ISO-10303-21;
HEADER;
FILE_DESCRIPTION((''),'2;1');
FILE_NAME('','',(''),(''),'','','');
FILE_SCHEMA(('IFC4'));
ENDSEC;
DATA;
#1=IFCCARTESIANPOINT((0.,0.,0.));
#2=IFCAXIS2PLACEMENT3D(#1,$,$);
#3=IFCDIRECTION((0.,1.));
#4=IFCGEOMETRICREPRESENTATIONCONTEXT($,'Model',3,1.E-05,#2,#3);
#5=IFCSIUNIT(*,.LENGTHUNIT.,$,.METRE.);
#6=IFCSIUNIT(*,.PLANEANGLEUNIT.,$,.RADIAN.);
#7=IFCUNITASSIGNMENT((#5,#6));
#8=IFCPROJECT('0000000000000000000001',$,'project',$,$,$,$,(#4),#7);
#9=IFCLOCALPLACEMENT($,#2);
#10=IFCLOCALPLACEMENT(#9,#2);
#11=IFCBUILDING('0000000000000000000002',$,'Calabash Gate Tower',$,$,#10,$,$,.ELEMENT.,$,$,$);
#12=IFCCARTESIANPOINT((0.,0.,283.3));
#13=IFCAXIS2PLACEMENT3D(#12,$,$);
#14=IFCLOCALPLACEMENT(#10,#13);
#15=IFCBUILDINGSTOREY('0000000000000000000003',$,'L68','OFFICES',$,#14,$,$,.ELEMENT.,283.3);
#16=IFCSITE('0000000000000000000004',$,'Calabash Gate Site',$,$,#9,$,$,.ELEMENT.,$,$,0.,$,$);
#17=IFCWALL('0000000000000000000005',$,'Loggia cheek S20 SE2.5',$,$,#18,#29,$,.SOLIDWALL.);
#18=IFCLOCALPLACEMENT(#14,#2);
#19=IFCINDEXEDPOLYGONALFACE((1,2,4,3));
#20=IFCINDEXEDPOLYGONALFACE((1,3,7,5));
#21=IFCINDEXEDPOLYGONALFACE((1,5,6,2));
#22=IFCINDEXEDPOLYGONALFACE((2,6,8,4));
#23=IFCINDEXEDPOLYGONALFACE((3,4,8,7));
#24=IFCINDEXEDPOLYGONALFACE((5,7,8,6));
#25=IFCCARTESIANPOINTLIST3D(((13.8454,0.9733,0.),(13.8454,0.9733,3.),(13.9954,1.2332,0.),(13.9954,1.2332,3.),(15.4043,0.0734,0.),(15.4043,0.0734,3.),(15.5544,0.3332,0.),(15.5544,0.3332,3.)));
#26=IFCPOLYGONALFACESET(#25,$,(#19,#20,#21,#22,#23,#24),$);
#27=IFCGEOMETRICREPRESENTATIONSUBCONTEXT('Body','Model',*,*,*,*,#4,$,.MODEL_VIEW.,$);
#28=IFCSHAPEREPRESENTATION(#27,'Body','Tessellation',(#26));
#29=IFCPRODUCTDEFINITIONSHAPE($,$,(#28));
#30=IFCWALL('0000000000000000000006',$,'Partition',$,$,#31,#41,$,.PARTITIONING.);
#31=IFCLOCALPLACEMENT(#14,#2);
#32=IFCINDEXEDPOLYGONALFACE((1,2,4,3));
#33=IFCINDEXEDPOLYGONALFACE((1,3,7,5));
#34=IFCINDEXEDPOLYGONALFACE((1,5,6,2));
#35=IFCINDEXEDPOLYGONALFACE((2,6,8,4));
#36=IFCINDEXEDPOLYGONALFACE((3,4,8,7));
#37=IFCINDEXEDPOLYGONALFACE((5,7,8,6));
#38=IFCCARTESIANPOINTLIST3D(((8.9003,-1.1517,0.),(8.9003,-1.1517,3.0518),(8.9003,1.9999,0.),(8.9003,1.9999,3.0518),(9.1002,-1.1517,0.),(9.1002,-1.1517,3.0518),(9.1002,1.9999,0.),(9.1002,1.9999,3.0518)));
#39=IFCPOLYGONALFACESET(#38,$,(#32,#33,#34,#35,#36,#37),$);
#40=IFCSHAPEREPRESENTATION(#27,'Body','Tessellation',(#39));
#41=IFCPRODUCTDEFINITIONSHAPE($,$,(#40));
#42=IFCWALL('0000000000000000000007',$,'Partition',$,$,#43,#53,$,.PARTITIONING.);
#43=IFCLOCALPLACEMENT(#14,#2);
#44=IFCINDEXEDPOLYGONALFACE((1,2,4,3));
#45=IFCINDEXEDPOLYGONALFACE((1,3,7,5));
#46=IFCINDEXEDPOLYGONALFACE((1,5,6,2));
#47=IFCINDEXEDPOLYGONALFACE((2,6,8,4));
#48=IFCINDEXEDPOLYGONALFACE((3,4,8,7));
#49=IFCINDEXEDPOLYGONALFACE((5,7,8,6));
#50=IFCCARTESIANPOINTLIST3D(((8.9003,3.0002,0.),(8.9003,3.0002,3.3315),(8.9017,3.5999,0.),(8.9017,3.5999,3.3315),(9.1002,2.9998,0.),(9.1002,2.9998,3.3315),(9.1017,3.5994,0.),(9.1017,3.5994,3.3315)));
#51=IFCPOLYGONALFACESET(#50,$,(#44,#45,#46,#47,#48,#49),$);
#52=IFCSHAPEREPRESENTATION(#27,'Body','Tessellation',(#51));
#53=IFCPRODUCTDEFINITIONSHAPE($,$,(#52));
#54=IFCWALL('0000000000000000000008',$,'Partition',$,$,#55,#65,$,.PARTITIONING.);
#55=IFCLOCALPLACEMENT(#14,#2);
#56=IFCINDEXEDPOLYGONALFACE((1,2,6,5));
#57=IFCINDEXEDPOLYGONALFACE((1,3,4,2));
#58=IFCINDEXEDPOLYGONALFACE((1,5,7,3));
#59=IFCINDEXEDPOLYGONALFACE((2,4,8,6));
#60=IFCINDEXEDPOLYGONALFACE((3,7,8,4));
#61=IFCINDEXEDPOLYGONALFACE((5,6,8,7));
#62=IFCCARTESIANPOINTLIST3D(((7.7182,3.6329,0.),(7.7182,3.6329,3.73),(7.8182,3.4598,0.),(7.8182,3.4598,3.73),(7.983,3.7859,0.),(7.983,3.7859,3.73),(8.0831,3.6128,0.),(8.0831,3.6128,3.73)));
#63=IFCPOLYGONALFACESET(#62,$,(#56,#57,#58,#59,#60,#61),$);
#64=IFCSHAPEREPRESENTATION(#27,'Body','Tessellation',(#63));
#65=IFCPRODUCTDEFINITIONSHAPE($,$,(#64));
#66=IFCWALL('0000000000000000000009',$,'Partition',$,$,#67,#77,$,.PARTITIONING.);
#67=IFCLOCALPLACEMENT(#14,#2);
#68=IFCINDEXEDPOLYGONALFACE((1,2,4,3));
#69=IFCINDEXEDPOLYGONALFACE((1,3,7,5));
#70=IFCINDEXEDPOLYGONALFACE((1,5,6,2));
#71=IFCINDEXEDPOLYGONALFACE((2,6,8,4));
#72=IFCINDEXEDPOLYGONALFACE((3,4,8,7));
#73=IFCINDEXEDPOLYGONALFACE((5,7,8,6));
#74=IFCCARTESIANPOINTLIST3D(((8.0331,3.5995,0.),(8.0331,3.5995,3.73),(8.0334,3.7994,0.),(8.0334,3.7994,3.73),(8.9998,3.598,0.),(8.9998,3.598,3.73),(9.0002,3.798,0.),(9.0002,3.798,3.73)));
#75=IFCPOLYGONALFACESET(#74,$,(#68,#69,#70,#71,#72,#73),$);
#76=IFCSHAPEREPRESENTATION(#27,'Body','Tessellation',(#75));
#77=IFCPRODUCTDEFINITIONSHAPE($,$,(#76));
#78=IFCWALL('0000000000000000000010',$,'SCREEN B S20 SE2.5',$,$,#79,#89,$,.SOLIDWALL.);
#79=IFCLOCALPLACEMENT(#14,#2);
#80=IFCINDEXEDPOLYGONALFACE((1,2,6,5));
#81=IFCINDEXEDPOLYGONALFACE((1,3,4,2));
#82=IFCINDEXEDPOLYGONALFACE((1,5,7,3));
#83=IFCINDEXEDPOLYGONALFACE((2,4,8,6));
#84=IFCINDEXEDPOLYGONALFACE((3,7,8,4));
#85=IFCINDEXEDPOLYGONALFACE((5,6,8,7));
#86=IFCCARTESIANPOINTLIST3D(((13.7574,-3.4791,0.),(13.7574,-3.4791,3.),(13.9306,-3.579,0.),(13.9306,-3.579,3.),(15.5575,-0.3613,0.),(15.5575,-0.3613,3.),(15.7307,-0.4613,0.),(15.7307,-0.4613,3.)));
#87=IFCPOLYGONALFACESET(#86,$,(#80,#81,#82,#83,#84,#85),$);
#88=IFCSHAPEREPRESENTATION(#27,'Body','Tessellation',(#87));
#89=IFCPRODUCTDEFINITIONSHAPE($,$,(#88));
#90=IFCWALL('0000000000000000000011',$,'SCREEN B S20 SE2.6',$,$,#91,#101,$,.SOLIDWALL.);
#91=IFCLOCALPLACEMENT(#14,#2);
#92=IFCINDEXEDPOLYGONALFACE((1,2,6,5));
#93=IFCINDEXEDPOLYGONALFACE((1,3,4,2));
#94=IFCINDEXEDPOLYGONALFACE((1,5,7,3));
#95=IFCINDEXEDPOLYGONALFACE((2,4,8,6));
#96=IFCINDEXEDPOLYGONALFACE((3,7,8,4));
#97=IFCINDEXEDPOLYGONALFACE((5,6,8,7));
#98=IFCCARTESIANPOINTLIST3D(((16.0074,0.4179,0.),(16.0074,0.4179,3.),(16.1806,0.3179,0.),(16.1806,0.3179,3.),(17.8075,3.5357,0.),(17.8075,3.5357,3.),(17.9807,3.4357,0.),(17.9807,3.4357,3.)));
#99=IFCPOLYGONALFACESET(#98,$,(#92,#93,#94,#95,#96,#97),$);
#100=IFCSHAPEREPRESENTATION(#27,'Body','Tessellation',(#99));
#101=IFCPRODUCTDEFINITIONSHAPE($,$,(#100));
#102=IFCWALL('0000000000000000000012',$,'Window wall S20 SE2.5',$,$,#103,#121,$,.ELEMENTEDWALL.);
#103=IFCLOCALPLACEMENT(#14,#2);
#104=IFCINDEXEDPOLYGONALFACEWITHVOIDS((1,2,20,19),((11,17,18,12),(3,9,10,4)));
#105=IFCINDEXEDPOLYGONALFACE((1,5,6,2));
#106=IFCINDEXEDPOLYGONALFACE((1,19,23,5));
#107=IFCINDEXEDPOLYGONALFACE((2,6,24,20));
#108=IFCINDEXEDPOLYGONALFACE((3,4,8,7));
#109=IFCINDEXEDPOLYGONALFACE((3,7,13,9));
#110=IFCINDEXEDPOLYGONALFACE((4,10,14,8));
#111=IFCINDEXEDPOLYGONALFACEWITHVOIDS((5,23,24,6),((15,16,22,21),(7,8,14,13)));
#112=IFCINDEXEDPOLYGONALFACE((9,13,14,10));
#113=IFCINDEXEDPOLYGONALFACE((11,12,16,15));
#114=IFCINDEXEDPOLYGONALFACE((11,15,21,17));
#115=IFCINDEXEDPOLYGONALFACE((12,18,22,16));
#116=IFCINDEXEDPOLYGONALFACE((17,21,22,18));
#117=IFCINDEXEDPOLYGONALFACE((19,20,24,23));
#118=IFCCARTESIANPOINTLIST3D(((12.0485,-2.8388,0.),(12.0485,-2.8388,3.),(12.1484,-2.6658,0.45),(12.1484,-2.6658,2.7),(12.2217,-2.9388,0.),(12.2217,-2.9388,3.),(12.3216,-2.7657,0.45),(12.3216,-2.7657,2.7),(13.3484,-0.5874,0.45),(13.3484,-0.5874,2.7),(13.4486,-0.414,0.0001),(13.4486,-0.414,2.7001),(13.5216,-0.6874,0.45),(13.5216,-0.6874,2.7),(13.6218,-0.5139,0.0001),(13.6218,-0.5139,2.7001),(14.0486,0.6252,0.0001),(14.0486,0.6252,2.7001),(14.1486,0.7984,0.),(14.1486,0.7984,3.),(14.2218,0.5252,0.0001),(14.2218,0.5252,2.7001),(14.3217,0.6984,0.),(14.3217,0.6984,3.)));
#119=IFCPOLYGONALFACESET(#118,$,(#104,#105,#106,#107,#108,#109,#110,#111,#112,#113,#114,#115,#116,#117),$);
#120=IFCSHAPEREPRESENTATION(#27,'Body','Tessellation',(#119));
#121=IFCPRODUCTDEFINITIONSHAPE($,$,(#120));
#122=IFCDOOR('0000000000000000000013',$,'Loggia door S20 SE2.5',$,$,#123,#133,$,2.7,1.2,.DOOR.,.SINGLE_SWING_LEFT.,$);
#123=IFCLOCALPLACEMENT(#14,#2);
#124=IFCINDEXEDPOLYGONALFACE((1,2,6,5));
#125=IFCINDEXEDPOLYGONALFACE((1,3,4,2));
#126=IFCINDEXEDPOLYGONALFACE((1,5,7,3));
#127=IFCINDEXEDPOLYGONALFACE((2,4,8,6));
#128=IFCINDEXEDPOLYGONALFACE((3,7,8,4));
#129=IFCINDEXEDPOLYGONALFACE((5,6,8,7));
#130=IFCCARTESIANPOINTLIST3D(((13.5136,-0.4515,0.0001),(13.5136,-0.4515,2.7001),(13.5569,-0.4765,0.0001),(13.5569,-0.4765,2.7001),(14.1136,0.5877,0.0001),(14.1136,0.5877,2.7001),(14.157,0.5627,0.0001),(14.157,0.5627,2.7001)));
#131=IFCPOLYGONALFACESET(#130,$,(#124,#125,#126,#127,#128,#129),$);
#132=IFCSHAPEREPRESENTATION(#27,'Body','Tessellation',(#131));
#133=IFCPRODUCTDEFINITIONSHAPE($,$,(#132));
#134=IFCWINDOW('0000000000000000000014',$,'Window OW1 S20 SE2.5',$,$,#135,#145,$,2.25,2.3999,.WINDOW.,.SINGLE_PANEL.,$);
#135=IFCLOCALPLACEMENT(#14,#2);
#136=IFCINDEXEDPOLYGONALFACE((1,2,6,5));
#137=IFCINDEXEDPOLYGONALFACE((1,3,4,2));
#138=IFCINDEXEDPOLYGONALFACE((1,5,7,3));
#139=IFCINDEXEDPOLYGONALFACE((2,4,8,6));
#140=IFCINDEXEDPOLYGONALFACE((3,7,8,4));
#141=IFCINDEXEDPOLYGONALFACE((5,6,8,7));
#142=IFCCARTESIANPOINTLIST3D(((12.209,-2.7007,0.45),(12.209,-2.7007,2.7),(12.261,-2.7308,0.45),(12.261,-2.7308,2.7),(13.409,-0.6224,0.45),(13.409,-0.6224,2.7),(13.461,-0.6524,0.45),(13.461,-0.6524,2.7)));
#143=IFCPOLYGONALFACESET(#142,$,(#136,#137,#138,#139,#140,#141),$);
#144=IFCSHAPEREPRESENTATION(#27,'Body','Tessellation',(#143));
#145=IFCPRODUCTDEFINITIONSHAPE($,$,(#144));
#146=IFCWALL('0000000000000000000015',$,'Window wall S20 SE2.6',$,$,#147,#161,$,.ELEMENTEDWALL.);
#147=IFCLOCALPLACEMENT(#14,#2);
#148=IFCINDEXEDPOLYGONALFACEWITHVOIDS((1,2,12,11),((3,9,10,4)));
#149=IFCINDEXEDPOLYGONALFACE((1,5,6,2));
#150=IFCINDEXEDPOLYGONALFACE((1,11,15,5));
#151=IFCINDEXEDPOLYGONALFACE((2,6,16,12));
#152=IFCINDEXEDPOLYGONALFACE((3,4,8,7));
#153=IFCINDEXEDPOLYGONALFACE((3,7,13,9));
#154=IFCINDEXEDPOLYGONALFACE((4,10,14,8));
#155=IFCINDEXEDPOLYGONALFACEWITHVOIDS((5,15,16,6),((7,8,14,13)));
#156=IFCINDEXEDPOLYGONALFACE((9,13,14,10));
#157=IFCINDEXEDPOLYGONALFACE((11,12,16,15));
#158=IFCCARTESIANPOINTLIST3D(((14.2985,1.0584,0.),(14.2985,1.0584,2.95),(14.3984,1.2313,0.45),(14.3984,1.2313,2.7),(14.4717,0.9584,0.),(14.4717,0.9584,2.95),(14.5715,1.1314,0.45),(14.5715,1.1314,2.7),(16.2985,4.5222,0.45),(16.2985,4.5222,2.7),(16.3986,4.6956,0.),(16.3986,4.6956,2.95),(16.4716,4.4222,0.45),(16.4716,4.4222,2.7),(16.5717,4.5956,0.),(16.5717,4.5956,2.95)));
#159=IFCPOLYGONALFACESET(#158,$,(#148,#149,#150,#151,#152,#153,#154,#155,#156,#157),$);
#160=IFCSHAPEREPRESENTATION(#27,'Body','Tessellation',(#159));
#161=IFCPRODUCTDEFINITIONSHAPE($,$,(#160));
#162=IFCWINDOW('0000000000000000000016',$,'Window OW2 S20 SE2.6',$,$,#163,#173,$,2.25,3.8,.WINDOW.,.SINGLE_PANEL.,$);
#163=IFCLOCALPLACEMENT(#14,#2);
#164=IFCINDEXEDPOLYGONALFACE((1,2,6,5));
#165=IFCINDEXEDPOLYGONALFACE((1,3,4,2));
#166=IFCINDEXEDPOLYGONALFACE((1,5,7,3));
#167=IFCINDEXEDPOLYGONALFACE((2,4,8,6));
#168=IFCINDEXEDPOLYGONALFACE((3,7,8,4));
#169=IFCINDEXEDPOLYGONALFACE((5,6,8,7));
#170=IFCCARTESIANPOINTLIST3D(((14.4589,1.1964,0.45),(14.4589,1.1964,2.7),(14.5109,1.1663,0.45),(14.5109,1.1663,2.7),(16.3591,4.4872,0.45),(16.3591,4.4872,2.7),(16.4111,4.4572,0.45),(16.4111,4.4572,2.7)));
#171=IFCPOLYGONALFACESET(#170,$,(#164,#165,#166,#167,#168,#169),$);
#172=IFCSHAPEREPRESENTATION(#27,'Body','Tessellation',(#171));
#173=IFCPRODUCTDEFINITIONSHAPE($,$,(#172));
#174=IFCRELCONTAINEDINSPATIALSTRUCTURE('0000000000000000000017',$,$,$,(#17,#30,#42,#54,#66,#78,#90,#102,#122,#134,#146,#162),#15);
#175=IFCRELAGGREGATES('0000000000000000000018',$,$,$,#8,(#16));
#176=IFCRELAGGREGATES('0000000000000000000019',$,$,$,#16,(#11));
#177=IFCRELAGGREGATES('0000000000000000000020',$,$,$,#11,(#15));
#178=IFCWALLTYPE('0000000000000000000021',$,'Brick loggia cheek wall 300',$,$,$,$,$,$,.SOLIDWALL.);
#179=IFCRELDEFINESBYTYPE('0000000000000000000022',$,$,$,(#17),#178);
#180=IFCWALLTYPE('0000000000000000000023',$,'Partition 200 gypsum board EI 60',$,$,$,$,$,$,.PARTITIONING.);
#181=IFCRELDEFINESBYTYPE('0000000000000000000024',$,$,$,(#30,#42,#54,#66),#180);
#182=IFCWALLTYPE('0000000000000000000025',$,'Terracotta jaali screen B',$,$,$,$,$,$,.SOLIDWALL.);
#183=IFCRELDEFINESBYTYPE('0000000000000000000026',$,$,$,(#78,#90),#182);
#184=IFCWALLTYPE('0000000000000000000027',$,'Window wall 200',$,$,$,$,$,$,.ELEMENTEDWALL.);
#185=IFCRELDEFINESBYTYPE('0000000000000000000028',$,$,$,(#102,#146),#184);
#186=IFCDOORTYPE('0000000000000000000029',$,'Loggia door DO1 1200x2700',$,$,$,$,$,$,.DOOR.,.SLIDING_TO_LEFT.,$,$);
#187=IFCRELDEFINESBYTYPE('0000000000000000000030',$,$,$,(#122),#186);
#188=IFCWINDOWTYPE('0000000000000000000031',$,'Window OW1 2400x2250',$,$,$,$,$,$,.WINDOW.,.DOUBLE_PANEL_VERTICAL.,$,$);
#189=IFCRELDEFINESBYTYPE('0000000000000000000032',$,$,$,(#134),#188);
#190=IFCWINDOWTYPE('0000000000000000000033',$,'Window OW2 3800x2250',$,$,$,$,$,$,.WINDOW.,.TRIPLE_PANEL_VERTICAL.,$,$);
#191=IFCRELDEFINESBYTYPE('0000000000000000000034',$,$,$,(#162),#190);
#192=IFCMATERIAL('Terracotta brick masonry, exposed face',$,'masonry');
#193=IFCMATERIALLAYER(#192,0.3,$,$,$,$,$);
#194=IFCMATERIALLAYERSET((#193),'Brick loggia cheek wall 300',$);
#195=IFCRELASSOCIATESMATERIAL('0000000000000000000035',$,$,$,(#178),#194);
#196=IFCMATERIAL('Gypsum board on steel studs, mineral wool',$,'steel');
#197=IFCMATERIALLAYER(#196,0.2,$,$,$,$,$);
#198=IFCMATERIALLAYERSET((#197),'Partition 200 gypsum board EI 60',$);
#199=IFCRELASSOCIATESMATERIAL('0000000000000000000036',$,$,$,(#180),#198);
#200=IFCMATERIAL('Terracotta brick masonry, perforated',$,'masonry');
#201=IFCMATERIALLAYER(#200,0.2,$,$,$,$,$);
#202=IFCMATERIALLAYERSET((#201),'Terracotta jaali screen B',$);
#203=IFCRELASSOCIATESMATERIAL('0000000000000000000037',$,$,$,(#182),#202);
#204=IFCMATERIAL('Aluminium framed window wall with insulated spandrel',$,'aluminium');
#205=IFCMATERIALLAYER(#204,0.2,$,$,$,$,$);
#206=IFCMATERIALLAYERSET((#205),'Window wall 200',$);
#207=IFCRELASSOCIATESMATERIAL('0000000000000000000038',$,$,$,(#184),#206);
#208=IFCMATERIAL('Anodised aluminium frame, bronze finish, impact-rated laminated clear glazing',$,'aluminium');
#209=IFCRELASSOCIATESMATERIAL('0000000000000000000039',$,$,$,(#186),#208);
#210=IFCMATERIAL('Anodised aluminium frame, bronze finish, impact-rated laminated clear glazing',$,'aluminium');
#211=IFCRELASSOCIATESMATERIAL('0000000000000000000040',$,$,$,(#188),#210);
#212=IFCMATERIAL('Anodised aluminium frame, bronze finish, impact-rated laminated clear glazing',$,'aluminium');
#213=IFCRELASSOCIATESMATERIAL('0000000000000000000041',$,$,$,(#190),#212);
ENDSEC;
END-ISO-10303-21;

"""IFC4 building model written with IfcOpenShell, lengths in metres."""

from ifc_helpers import new_model, si_unit, direction, frame, frame_2d, origin, place, context, subcontext, project, spatial, rectangle, extrude, material, layer, layer_set, type_object, element, fill, save


model = new_model("IFC4")

# Units and contexts
model_context = context("Model", 3, precision=1e-05, world=origin(), true_north=direction((0.0, 1.0)))
body_context = subcontext(model_context, "Body", "Model", "MODEL_VIEW")
ifc_project = project(units=[si_unit("LENGTHUNIT", "METRE"), si_unit("PLANEANGLEUNIT", "RADIAN")], contexts=[model_context])

# Site, building, storey
site_placement = place(None, origin())
site = spatial("IfcSite", under=ifc_project, at=site_placement, Name="Calabash Gate Site", CompositionType="ELEMENT", RefElevation=0.0)
building_placement = place(site_placement, origin())
building = spatial("IfcBuilding", under=site, at=building_placement, Name="Calabash Gate Tower", CompositionType="ELEMENT")
storey_placement = place(building_placement, frame((0.0, 0.0, 283.3)))
storey = spatial("IfcBuildingStorey", under=building, at=storey_placement, Name="L68", Description="OFFICES", CompositionType="ELEMENT", Elevation=283.3)

# Walls
ifc_material_1 = material(Name="Terracotta brick masonry, exposed face", Category="masonry")
ifc_layer_1 = layer(ifc_material_1, 0.3)
ifc_layer_set_1 = layer_set([ifc_layer_1], Name="Brick loggia cheek wall 300")
wall_type_1 = type_object("IfcWallType", Name="Brick loggia cheek wall 300", PredefinedType="SOLIDWALL", material=ifc_layer_set_1)
for number, where, z_axis, x_axis, name in (
    (1, (15.4792, 0.2034, 0.0), (0.0, 0.0, 1.0), (-0.866048, 0.499961, 0.0), "Loggia cheek S20 SE2.5"),
):
    element("IfcWall", number, at=place(storey_placement, frame(where, z_axis=z_axis, x_axis=x_axis)), inside=storey, type_object=wall_type_1, Name=name, PredefinedType="SOLIDWALL", context=body_context, shape_type="SweptSolid", body=[
        extrude(rectangle(XDim=1.8, YDim=0.3, at=frame_2d((0.8999, 0.0))), origin(), (0.0, 0.0, 1.0), 3.0),
    ])
ifc_material_2 = material(Name="Gypsum board on steel studs, mineral wool", Category="steel")
ifc_layer_2 = layer(ifc_material_2, 0.2)
ifc_layer_set_2 = layer_set([ifc_layer_2], Name="Partition 200 gypsum board EI 60")
wall_type_2 = type_object("IfcWallType", Name="Partition 200 gypsum board EI 60", PredefinedType="PARTITIONING", material=ifc_layer_set_2)
wall_1_placement = place(storey_placement, frame((9.0002, -1.1516, 0.0), z_axis=(0.0, 0.0, 1.0), x_axis=(0.0, 1.0, 0.0)))
element("IfcWall", 2, at=wall_1_placement, inside=storey, type_object=wall_type_2, Name="Partition", PredefinedType="PARTITIONING", context=body_context, shape_type="SweptSolid", body=[
    extrude(rectangle(XDim=3.1516, YDim=0.2, at=frame_2d((1.5757, 0.0))), origin(), (0.0, 0.0, 1.0), 3.0518),
])
wall_2_placement = place(storey_placement, frame((9.0002, 3.0, 0.0), z_axis=(0.0, 0.0, 1.0), x_axis=(0.002443, 0.999997, 0.0)))
element("IfcWall", 3, at=wall_2_placement, inside=storey, type_object=wall_type_2, Name="Partition", PredefinedType="PARTITIONING", context=body_context, shape_type="SweptSolid", body=[
    extrude(rectangle(XDim=0.5996, YDim=0.2, at=frame_2d((0.2998, 0.0))), origin(), (0.0, 0.0, 1.0), 3.3315),
])
wall_3_placement = place(storey_placement, frame((7.7683, 3.5464, 0.0), z_axis=(0.0, 0.0, 1.0), x_axis=(0.865827, 0.500344, 0.0)))
element("IfcWall", 4, at=wall_3_placement, inside=storey, type_object=wall_type_2, Name="Partition", PredefinedType="PARTITIONING", context=body_context, shape_type="SweptSolid", body=[
    extrude(rectangle(XDim=0.3059, YDim=0.2, at=frame_2d((0.1528, 0.0))), origin(), (0.0, 0.0, 1.0), 3.73),
])
wall_4_placement = place(storey_placement, frame((8.0332, 3.6995, 0.0), z_axis=(0.0, 0.0, 1.0), x_axis=(0.999999, -0.001515, 0.0)))
element("IfcWall", 5, at=wall_4_placement, inside=storey, type_object=wall_type_2, Name="Partition", PredefinedType="PARTITIONING", context=body_context, shape_type="SweptSolid", body=[
    extrude(rectangle(XDim=0.9668, YDim=0.2, at=frame_2d((0.4834, 0.0))), origin(), (0.0, 0.0, 1.0), 3.73),
])

# Walls
ifc_material_3 = material(Name="Terracotta brick masonry, perforated", Category="masonry")
ifc_layer_3 = layer(ifc_material_3, 0.2)
ifc_layer_set_3 = layer_set([ifc_layer_3], Name="Terracotta jaali screen B")
wall_type_3 = type_object("IfcWallType", Name="Terracotta jaali screen B", PredefinedType="SOLIDWALL", material=ifc_layer_set_3)
for number, where, z_axis, x_axis, name in (
    (6, (13.844, -3.5291, 0.0), (0.0, 0.0, 1.0), (0.500012, 0.866018, 0.0), "SCREEN B S20 SE2.5"),
    (7, (16.094, 0.3679, 0.0), (0.0, 0.0, 1.0), (0.500012, 0.866018, 0.0), "SCREEN B S20 SE2.6"),
):
    element("IfcWall", number, at=place(storey_placement, frame(where, z_axis=z_axis, x_axis=x_axis)), inside=storey, type_object=wall_type_3, Name=name, PredefinedType="SOLIDWALL", context=body_context, shape_type="SweptSolid", body=[
        extrude(rectangle(XDim=3.6001, YDim=0.2, at=frame_2d((1.8, 0.0))), origin(), (0.0, 0.0, 1.0), 3.0),
    ])

# Wall, openings, door, window
ifc_material_4 = material(Name="Aluminium framed window wall with insulated spandrel", Category="aluminium")
ifc_layer_4 = layer(ifc_material_4, 0.2)
ifc_layer_set_4 = layer_set([ifc_layer_4], Name="Window wall 200")
wall_type_4 = type_object("IfcWallType", Name="Window wall 200", PredefinedType="ELEMENTEDWALL", material=ifc_layer_set_4)
wall_5_placement = place(storey_placement, frame((12.135, -2.8889, 0.0), z_axis=(0.0, 0.0, 1.0), x_axis=(0.500028, 0.866009, 0.0)))
wall_5 = element("IfcWall", 8, at=wall_5_placement, inside=storey, type_object=wall_type_4, Name="Window wall S20 SE2.5", PredefinedType="ELEMENTEDWALL", context=body_context, shape_type="SweptSolid", body=[
    extrude(rectangle(XDim=4.2, YDim=0.2, at=frame_2d((2.1001, 0.0))), origin(), (0.0, 0.0, 1.0), 3.0),
])
opening_1_placement = place(wall_5_placement, frame((0.2, 0.0, 0.45)))
opening_1 = element("IfcOpeningElement", 9, at=opening_1_placement, cuts=wall_5, PredefinedType="OPENING", context=body_context, shape_type="SweptSolid", body=[
    extrude(rectangle(XDim=2.3999, YDim=2.25, at=frame_2d((1.2, 1.125))), frame((0.0, 0.1099, 0.0), z_axis=(0.0, -1.0, 0.0), x_axis=(1.0, 0.0, 0.0)), (0.0, 0.0, 1.0), 0.22),
])
opening_2_placement = place(wall_5_placement, frame((2.8, 0.0, 0.0)))
opening_2 = element("IfcOpeningElement", 10, at=opening_2_placement, cuts=wall_5, PredefinedType="OPENING", context=body_context, shape_type="SweptSolid", body=[
    extrude(rectangle(XDim=1.2, YDim=2.7, at=frame_2d((0.6001, 1.3501))), frame((0.0, 0.1099, 0.0), z_axis=(0.0, -1.0, 0.0), x_axis=(1.0, 0.0, 0.0)), (0.0, 0.0, 1.0), 0.22),
])
ifc_material_5 = material(Name="Anodised aluminium frame, bronze finish, impact-rated laminated clear glazing", Category="aluminium")
door_type_1 = type_object("IfcDoorType", Name="Loggia door DO1 1200x2700", OperationType="SLIDING_TO_LEFT", PredefinedType="DOOR", material=ifc_material_5)
door_1_placement = place(opening_2_placement, origin())
door_1 = element("IfcDoor", 11, at=door_1_placement, inside=storey, type_object=door_type_1, Name="Loggia door S20 SE2.5", OperationType="SINGLE_SWING_LEFT", OverallHeight=2.7, OverallWidth=1.2, PredefinedType="DOOR", context=body_context, shape_type="SweptSolid", body=[
    extrude(rectangle(XDim=1.2, YDim=2.7, at=frame_2d((0.6001, 1.3501))), frame((0.0, 0.0249, 0.0), z_axis=(0.0, -1.0, 0.0), x_axis=(1.0, 0.0, 0.0)), (0.0, 0.0, 1.0), 0.05),
])
fill(opening_2, door_1)
ifc_material_6 = material(Name="Anodised aluminium frame, bronze finish, impact-rated laminated clear glazing", Category="aluminium")
window_type_1 = type_object("IfcWindowType", Name="Window OW1 2400x2250", PartitioningType="DOUBLE_PANEL_VERTICAL", PredefinedType="WINDOW", material=ifc_material_6)
window_1_placement = place(opening_1_placement, origin())
window_1 = element("IfcWindow", 12, at=window_1_placement, inside=storey, type_object=window_type_1, Name="Window OW1 S20 SE2.5", OverallHeight=2.25, OverallWidth=2.3999, PartitioningType="SINGLE_PANEL", PredefinedType="WINDOW", context=body_context, shape_type="SweptSolid", body=[
    extrude(rectangle(XDim=2.3999, YDim=2.25, at=frame_2d((1.2, 1.125))), frame((0.0, 0.03, 0.0), z_axis=(0.0, -1.0, 0.0), x_axis=(1.0, 0.0, 0.0)), (0.0, 0.0, 1.0), 0.0601),
])
fill(opening_1, window_1)

# Wall, opening, window
wall_6_placement = place(storey_placement, frame((14.385, 1.0083, 0.0), z_axis=(0.0, 0.0, 1.0), x_axis=(0.500028, 0.866009, 0.0)))
wall_6 = element("IfcWall", 13, at=wall_6_placement, inside=storey, type_object=wall_type_4, Name="Window wall S20 SE2.6", PredefinedType="ELEMENTEDWALL", context=body_context, shape_type="SweptSolid", body=[
    extrude(rectangle(XDim=4.2, YDim=0.2, at=frame_2d((2.1001, 0.0))), origin(), (0.0, 0.0, 1.0), 2.95),
])
opening_3_placement = place(wall_6_placement, frame((0.2, 0.0, 0.45)))
opening_3 = element("IfcOpeningElement", 14, at=opening_3_placement, cuts=wall_6, PredefinedType="OPENING", context=body_context, shape_type="SweptSolid", body=[
    extrude(rectangle(XDim=3.8, YDim=2.25, at=frame_2d((1.8999, 1.125))), frame((0.0, 0.1099, 0.0), z_axis=(0.0, -1.0, 0.0), x_axis=(1.0, 0.0, 0.0)), (0.0, 0.0, 1.0), 0.22),
])
ifc_material_7 = material(Name="Anodised aluminium frame, bronze finish, impact-rated laminated clear glazing", Category="aluminium")
window_type_2 = type_object("IfcWindowType", Name="Window OW2 3800x2250", PartitioningType="TRIPLE_PANEL_VERTICAL", PredefinedType="WINDOW", material=ifc_material_7)
window_2_placement = place(opening_3_placement, origin())
window_2 = element("IfcWindow", 15, at=window_2_placement, inside=storey, type_object=window_type_2, Name="Window OW2 S20 SE2.6", OverallHeight=2.25, OverallWidth=3.8, PartitioningType="SINGLE_PANEL", PredefinedType="WINDOW", context=body_context, shape_type="SweptSolid", body=[
    extrude(rectangle(XDim=3.8, YDim=2.25, at=frame_2d((1.8999, 1.125))), frame((0.0, 0.03, 0.0), z_axis=(0.0, -1.0, 0.0), x_axis=(1.0, 0.0, 0.0)), (0.0, 0.0, 1.0), 0.0601),
])
fill(opening_3, window_2)

save(model, "model.ifc")
